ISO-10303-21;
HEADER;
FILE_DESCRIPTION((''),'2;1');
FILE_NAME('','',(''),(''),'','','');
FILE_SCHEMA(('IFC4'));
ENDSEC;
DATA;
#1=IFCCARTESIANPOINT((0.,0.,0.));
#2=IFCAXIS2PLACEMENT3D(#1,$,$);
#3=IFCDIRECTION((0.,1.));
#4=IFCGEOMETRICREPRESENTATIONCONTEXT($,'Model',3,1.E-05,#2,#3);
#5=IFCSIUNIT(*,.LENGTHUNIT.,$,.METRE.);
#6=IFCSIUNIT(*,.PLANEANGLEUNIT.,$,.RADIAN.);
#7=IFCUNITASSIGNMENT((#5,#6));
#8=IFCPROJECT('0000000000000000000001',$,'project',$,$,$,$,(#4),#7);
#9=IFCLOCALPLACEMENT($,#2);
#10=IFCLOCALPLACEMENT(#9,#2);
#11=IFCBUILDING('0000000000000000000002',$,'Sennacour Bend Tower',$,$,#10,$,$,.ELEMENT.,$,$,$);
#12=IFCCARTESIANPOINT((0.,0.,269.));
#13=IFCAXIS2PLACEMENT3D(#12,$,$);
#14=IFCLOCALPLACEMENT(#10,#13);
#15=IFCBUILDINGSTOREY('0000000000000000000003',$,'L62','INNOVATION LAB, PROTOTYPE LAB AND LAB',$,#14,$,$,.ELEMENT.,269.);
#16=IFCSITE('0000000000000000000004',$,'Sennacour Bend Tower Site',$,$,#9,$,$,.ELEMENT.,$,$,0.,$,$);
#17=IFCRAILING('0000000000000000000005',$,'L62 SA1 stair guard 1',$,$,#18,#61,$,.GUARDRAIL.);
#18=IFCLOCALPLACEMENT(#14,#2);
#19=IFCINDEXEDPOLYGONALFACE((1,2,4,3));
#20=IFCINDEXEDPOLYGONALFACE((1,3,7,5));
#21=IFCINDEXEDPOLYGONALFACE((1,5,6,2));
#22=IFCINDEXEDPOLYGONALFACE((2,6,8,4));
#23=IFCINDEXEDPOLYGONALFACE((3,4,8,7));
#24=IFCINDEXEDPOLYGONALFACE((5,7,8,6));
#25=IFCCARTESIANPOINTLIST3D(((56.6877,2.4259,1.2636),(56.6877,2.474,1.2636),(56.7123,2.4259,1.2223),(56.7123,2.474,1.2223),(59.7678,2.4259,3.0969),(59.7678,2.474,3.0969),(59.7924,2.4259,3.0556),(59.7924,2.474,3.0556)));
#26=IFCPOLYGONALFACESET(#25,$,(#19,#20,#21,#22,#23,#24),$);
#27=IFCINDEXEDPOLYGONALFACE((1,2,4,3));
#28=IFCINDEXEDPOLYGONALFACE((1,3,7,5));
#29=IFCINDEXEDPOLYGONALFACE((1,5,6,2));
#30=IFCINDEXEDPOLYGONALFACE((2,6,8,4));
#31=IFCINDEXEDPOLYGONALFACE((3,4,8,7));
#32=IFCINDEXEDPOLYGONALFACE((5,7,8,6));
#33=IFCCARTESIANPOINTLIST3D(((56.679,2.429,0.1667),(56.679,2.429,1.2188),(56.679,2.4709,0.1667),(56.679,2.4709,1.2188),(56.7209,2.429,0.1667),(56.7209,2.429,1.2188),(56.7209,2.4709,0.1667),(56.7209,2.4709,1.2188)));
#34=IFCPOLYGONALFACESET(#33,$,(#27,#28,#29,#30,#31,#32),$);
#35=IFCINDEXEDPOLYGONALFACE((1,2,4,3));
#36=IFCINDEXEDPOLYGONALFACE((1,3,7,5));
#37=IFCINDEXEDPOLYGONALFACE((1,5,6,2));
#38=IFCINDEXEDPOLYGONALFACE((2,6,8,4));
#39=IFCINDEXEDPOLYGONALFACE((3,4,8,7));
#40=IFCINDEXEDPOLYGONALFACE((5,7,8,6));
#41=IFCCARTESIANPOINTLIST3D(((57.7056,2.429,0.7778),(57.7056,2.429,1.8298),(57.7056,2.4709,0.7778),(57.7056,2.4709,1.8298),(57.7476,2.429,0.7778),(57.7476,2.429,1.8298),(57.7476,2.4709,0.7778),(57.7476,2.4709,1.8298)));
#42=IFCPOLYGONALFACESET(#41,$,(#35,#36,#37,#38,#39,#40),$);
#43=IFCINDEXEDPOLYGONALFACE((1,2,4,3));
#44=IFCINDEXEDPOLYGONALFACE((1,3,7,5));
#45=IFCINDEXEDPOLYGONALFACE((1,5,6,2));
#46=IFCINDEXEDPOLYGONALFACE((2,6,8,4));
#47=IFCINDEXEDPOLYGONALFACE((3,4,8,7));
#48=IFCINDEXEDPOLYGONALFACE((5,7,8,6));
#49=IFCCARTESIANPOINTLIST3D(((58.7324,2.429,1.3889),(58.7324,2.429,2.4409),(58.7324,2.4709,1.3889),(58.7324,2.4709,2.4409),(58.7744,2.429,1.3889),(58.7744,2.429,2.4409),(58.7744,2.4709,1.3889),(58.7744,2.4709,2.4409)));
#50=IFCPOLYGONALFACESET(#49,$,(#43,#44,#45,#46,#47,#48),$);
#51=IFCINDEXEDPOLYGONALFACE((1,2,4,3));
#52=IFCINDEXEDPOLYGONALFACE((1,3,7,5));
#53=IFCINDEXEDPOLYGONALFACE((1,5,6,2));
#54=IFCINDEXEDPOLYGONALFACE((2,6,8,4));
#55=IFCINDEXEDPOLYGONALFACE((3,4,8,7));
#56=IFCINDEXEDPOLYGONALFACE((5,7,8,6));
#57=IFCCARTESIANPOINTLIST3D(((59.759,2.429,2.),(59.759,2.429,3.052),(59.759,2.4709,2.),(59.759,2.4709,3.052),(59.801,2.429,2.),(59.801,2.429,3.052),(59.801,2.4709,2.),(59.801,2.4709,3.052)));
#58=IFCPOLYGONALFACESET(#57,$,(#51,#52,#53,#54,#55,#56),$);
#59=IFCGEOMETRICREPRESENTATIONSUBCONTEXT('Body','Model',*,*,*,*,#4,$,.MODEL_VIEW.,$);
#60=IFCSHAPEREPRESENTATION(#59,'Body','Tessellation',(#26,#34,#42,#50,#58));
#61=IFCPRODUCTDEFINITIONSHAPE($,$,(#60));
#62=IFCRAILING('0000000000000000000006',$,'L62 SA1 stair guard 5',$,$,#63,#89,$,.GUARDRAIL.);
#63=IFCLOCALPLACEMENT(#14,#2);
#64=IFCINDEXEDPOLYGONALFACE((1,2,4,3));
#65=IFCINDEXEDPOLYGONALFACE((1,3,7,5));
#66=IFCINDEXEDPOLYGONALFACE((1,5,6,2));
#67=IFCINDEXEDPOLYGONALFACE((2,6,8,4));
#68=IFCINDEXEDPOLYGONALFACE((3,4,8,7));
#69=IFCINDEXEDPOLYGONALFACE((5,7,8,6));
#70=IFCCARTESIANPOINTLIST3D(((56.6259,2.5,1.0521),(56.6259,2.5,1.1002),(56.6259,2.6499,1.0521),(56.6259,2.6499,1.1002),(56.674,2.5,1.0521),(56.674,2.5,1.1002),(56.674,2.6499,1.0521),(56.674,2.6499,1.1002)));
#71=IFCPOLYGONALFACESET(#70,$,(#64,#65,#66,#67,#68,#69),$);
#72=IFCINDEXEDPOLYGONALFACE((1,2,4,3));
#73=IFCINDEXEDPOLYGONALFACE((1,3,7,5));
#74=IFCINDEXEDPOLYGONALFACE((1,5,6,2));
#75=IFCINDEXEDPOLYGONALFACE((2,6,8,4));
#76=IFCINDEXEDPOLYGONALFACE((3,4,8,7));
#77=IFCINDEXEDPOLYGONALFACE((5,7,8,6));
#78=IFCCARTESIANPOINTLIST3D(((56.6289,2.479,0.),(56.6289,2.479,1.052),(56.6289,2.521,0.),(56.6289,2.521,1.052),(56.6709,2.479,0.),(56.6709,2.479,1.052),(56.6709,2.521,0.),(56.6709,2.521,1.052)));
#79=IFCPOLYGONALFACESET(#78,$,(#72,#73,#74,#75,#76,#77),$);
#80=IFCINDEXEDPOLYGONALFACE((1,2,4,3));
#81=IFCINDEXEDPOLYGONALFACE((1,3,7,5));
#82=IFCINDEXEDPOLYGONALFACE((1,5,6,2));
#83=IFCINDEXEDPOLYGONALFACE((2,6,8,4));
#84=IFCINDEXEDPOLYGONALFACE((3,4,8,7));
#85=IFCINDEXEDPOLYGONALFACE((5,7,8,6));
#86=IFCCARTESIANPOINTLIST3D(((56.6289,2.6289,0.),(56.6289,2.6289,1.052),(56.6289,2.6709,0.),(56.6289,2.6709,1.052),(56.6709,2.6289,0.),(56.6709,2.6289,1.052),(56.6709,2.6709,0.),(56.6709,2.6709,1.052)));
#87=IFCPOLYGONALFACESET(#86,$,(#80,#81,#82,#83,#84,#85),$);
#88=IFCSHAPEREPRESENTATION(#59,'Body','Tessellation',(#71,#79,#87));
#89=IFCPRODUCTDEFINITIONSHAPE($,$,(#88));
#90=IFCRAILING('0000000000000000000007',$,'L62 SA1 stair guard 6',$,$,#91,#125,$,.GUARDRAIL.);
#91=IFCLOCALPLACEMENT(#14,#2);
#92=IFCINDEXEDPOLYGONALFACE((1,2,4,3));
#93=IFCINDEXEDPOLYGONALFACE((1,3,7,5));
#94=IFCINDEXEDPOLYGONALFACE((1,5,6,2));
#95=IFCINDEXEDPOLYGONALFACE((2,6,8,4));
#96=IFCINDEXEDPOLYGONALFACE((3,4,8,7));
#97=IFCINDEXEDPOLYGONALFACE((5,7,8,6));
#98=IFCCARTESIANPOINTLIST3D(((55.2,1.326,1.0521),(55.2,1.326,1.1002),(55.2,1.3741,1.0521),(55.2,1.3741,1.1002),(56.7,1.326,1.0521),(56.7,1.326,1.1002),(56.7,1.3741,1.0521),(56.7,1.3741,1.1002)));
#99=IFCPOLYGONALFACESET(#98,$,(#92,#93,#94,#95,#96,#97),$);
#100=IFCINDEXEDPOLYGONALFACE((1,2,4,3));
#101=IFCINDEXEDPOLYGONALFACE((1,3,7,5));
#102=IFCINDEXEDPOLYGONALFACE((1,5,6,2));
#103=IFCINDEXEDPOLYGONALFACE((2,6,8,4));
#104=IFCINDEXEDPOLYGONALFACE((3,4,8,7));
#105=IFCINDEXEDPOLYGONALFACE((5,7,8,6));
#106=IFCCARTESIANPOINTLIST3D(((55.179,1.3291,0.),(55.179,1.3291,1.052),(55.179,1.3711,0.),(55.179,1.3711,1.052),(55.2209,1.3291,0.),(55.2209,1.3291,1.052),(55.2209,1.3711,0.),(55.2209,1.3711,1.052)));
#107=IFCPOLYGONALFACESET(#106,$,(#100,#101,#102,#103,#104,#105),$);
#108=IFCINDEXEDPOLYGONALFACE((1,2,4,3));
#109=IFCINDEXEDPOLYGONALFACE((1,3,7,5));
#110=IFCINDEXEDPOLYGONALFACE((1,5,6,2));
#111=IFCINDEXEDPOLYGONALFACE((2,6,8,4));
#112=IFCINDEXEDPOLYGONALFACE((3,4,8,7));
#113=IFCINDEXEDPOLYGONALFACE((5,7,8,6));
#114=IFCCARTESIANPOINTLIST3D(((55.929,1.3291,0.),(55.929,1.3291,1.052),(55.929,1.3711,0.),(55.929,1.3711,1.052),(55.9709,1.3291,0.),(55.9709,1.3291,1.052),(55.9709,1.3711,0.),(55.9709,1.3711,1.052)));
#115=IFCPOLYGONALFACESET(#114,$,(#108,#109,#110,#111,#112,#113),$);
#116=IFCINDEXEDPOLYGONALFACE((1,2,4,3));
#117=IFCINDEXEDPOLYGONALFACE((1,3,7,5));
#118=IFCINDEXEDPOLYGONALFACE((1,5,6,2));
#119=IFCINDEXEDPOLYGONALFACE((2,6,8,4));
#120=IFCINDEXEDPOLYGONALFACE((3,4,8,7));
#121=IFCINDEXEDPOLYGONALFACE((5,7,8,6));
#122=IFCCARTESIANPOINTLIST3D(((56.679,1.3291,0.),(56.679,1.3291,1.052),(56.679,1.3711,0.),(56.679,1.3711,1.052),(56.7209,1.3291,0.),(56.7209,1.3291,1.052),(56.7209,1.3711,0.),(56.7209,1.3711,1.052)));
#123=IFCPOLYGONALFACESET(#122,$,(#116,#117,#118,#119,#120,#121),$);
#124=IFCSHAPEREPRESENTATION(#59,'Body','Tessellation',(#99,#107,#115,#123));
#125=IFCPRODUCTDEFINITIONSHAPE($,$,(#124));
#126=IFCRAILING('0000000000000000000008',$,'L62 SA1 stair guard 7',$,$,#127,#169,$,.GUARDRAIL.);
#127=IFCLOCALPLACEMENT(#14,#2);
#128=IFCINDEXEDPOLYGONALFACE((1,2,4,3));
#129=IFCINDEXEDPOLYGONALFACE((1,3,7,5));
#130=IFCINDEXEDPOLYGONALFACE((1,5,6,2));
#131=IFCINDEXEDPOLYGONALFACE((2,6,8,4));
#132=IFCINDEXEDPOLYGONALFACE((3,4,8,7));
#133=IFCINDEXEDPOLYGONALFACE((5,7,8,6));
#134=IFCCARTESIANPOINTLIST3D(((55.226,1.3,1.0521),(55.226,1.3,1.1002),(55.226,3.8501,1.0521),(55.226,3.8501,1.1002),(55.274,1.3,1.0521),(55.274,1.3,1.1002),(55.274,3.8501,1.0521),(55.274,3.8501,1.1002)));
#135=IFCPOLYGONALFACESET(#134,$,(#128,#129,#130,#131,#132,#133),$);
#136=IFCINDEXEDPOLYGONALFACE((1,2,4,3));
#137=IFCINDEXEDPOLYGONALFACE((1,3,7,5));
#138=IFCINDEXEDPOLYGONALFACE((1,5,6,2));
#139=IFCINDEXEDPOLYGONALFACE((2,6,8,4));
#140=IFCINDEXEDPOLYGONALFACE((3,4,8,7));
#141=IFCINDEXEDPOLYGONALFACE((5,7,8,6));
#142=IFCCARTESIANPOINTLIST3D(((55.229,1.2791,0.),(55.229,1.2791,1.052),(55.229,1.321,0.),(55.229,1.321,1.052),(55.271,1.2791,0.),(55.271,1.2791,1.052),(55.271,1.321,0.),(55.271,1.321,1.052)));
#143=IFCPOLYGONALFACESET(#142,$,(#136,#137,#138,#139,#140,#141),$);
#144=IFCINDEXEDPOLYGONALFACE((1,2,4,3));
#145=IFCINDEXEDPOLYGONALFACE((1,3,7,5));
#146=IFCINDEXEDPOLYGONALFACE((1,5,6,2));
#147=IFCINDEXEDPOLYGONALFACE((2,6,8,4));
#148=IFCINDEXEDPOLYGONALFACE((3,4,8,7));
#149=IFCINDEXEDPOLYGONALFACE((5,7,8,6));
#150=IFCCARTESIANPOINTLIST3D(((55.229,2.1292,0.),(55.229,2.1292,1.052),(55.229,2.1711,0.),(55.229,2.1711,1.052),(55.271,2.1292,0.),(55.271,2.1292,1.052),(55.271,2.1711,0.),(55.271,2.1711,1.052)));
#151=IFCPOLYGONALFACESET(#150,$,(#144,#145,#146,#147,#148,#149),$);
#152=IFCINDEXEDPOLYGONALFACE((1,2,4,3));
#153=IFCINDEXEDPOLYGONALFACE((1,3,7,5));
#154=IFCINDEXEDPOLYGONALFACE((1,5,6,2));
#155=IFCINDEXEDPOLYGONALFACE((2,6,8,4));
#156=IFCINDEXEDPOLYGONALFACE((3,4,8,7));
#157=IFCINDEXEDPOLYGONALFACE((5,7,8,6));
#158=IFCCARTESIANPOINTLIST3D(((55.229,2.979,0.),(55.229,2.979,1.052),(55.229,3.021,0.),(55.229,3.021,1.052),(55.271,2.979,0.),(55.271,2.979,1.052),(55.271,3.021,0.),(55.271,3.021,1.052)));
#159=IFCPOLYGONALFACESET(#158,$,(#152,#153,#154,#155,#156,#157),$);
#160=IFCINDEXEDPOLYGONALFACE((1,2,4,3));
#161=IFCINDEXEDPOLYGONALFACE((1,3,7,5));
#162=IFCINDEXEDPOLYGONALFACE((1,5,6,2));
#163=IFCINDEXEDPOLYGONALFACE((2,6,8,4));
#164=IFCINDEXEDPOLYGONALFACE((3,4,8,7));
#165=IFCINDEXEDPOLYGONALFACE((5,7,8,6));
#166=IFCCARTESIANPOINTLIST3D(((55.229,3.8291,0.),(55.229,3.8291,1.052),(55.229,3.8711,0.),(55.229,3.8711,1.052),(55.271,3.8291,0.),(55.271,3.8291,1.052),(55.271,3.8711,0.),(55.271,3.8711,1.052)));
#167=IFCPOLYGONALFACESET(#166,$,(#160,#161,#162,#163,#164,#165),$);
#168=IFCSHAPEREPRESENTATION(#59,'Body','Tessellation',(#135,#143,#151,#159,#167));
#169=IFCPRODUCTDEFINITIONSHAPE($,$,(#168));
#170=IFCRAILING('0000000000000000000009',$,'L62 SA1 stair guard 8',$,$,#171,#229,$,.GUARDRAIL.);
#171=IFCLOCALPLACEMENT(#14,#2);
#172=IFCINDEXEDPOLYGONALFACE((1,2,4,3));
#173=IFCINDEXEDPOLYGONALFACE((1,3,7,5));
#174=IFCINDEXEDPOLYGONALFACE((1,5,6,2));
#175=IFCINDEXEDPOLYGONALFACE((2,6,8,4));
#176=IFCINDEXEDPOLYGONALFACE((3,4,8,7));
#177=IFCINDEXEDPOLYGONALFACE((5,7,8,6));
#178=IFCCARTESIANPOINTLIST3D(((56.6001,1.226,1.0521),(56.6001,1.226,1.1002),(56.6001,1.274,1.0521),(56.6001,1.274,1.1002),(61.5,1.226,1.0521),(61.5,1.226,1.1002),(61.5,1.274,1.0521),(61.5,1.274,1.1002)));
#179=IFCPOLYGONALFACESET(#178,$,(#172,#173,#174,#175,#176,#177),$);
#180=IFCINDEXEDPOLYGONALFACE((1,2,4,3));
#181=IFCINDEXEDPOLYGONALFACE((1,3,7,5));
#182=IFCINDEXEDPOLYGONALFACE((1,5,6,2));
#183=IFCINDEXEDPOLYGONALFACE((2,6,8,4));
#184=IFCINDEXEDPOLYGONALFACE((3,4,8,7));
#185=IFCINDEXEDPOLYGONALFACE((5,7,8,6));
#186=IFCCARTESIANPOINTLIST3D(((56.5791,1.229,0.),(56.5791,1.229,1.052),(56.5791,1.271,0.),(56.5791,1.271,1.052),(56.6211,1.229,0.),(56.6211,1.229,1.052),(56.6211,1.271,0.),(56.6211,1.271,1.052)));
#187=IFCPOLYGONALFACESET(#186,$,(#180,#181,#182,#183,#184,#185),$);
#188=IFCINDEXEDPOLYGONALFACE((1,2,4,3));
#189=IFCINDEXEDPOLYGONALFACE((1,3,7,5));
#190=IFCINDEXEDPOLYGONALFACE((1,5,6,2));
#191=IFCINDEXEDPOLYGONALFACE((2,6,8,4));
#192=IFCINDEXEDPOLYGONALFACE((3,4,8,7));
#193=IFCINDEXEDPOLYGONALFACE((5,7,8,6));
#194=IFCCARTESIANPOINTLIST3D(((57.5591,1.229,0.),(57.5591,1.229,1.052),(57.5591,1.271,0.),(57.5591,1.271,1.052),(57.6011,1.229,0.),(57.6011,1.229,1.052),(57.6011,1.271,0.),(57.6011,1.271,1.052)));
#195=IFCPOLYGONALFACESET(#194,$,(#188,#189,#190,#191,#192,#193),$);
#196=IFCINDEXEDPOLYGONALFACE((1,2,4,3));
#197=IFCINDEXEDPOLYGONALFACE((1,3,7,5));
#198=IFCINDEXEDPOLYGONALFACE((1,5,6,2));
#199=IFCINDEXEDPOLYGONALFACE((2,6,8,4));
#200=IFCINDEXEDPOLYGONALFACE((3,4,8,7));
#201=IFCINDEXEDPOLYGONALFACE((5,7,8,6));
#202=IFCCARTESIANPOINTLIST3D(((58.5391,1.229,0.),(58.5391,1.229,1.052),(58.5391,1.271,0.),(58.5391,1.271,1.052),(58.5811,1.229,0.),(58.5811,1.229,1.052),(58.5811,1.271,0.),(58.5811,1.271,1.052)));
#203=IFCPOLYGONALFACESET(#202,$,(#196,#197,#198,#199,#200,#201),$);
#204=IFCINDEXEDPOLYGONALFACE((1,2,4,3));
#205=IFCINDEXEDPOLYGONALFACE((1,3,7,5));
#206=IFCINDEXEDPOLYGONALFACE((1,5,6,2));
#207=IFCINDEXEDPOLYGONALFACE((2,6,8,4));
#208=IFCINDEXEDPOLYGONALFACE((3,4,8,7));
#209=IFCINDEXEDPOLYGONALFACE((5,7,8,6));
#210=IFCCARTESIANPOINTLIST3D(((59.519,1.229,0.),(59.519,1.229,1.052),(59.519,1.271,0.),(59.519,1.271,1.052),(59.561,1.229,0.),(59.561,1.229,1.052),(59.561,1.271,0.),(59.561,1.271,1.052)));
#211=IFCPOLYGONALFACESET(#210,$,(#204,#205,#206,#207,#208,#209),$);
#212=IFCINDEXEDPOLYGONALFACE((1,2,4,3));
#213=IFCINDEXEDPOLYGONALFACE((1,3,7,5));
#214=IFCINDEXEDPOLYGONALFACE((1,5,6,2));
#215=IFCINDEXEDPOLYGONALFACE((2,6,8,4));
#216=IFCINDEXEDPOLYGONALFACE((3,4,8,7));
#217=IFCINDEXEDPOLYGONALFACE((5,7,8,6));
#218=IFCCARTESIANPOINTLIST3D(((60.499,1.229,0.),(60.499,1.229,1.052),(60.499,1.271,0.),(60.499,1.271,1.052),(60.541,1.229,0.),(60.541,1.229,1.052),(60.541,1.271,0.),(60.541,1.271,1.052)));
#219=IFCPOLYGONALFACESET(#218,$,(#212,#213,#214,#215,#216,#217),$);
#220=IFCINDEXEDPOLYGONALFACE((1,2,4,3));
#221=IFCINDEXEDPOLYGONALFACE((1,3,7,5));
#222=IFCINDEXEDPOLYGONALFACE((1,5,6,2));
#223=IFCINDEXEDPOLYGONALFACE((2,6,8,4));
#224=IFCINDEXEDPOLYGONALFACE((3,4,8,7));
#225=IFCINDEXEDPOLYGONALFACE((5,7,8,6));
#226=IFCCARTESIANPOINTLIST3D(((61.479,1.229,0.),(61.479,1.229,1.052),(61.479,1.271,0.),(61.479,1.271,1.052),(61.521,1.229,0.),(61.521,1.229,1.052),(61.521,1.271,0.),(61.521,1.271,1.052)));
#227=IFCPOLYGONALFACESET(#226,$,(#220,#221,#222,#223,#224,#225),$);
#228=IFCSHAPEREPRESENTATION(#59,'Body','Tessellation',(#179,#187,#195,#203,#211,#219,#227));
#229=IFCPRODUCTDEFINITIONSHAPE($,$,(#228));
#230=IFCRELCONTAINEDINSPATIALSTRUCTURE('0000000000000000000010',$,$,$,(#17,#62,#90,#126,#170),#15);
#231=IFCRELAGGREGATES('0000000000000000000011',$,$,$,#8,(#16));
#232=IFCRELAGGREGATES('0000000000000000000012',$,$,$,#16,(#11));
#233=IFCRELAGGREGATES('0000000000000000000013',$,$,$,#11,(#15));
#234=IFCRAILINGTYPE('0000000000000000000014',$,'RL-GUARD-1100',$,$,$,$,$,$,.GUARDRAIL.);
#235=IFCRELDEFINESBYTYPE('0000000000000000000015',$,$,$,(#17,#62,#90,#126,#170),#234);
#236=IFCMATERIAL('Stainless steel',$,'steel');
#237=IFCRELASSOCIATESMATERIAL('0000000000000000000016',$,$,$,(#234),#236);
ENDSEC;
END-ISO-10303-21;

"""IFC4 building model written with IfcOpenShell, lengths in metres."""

from ifc_helpers import new_model, si_unit, direction, frame, origin, origin_2d, place, context, subcontext, project, spatial, rectangle, extrude, material, type_object, element, save


model = new_model("IFC4")

# Units and contexts
model_context = context("Model", 3, precision=1e-05, world=origin(), true_north=direction((0.0, 1.0)))
body_context = subcontext(model_context, "Body", "Model", "MODEL_VIEW")
ifc_project = project(units=[si_unit("LENGTHUNIT", "METRE"), si_unit("PLANEANGLEUNIT", "RADIAN")], contexts=[model_context])

# Site, building, storey
site_placement = place(None, origin())
site = spatial("IfcSite", under=ifc_project, at=site_placement, Name="Sennacour Bend Tower Site", CompositionType="ELEMENT", RefElevation=0.0)
building_placement = place(site_placement, origin())
building = spatial("IfcBuilding", under=site, at=building_placement, Name="Sennacour Bend Tower", CompositionType="ELEMENT")
storey_placement = place(building_placement, frame((0.0, 0.0, 269.0)))
storey = spatial("IfcBuildingStorey", under=building, at=storey_placement, Name="L62", Description="INNOVATION LAB, PROTOTYPE LAB AND LAB", CompositionType="ELEMENT", Elevation=269.0)

# Shared definitions
ifc_material_1 = material(Name="Stainless steel", Category="steel")

# Railings
railing_type_1 = type_object("IfcRailingType", Name="RL-GUARD-1100", PredefinedType="GUARDRAIL", material=ifc_material_1)
railing_1_placement = place(storey_placement, frame((56.7, 2.45, 0.1667)))
element("IfcRailing", 1, at=railing_1_placement, inside=storey, type_object=railing_type_1, Name="L62 SA1 stair guard 1", PredefinedType="GUARDRAIL", context=body_context, shape_type="SweptSolid", body=[
    extrude(rectangle(XDim=0.0481, YDim=0.0481, at=origin_2d()), frame((0.0, 0.0, 1.0762), z_axis=(0.859309, 0.0, 0.511458), x_axis=(0.0, 1.0, 0.0)), (0.0, 0.0, 1.0), 3.5845),
    extrude(rectangle(XDim=0.042, YDim=0.042, at=origin_2d()), origin(), (0.0, 0.0, 1.0), 1.052),
    extrude(rectangle(XDim=0.042, YDim=0.042, at=origin_2d()), frame((1.0266, 0.0, 0.6111)), (0.0, 0.0, 1.0), 1.052),
    extrude(rectangle(XDim=0.042, YDim=0.042, at=origin_2d()), frame((2.0535, 0.0, 1.2222)), (0.0, 0.0, 1.0), 1.052),
    extrude(rectangle(XDim=0.042, YDim=0.042, at=origin_2d()), frame((3.0801, 0.0, 1.8333)), (0.0, 0.0, 1.0), 1.052),
])
railing_2_placement = place(storey_placement, frame((56.6499, 2.5, 0.0)))
element("IfcRailing", 2, at=railing_2_placement, inside=storey, type_object=railing_type_1, Name="L62 SA1 stair guard 5", PredefinedType="GUARDRAIL", context=body_context, shape_type="SweptSolid", body=[
    extrude(rectangle(XDim=0.0481, YDim=0.0481, at=origin_2d()), frame((0.0, 0.0, 1.0762), z_axis=(0.0, 1.0, 0.0), x_axis=(-1.0, 0.0, 0.0)), (0.0, 0.0, 1.0), 0.1499),
    extrude(rectangle(XDim=0.042, YDim=0.042, at=origin_2d()), origin(), (0.0, 0.0, 1.0), 1.052),
    extrude(rectangle(XDim=0.042, YDim=0.042, at=origin_2d()), frame((0.0, 0.1499, 0.0)), (0.0, 0.0, 1.0), 1.052),
])
railing_3_placement = place(storey_placement, frame((55.2, 1.3501, 0.0)))
element("IfcRailing", 3, at=railing_3_placement, inside=storey, type_object=railing_type_1, Name="L62 SA1 stair guard 6", PredefinedType="GUARDRAIL", context=body_context, shape_type="SweptSolid", body=[
    extrude(rectangle(XDim=0.0481, YDim=0.0481, at=origin_2d()), frame((0.0, 0.0, 1.0762), z_axis=(1.0, 0.0, 0.0), x_axis=(0.0, 1.0, 0.0)), (0.0, 0.0, 1.0), 1.5),
    extrude(rectangle(XDim=0.042, YDim=0.042, at=origin_2d()), origin(), (0.0, 0.0, 1.0), 1.052),
    extrude(rectangle(XDim=0.042, YDim=0.042, at=origin_2d()), frame((0.75, 0.0, 0.0)), (0.0, 0.0, 1.0), 1.052),
    extrude(rectangle(XDim=0.042, YDim=0.042, at=origin_2d()), frame((1.5, 0.0, 0.0)), (0.0, 0.0, 1.0), 1.052),
])
railing_4_placement = place(storey_placement, frame((55.25, 1.3, 0.0)))
element("IfcRailing", 4, at=railing_4_placement, inside=storey, type_object=railing_type_1, Name="L62 SA1 stair guard 7", PredefinedType="GUARDRAIL", context=body_context, shape_type="SweptSolid", body=[
    extrude(rectangle(XDim=0.0481, YDim=0.0481, at=origin_2d()), frame((0.0, 0.0, 1.0762), z_axis=(0.0, 1.0, 0.0), x_axis=(-1.0, 0.0, 0.0)), (0.0, 0.0, 1.0), 2.55),
    extrude(rectangle(XDim=0.042, YDim=0.042, at=origin_2d()), origin(), (0.0, 0.0, 1.0), 1.052),
    extrude(rectangle(XDim=0.042, YDim=0.042, at=origin_2d()), frame((0.0, 0.8501, 0.0)), (0.0, 0.0, 1.0), 1.052),
    extrude(rectangle(XDim=0.042, YDim=0.042, at=origin_2d()), frame((0.0, 1.7, 0.0)), (0.0, 0.0, 1.0), 1.052),
    extrude(rectangle(XDim=0.042, YDim=0.042, at=origin_2d()), frame((0.0, 2.55, 0.0)), (0.0, 0.0, 1.0), 1.052),
])
railing_5_placement = place(storey_placement, frame((56.6001, 1.25, 0.0)))
element("IfcRailing", 5, at=railing_5_placement, inside=storey, type_object=railing_type_1, Name="L62 SA1 stair guard 8", PredefinedType="GUARDRAIL", context=body_context, shape_type="SweptSolid", body=[
    extrude(rectangle(XDim=0.0481, YDim=0.0481, at=origin_2d()), frame((0.0, 0.0, 1.0762), z_axis=(1.0, 0.0, 0.0), x_axis=(0.0, 1.0, 0.0)), (0.0, 0.0, 1.0), 4.8999),
    extrude(rectangle(XDim=0.042, YDim=0.042, at=origin_2d()), origin(), (0.0, 0.0, 1.0), 1.052),
    extrude(rectangle(XDim=0.042, YDim=0.042, at=origin_2d()), frame((0.98, 0.0, 0.0)), (0.0, 0.0, 1.0), 1.052),
    extrude(rectangle(XDim=0.042, YDim=0.042, at=origin_2d()), frame((1.96, 0.0, 0.0)), (0.0, 0.0, 1.0), 1.052),
    extrude(rectangle(XDim=0.042, YDim=0.042, at=origin_2d()), frame((2.9399, 0.0, 0.0)), (0.0, 0.0, 1.0), 1.052),
    extrude(rectangle(XDim=0.042, YDim=0.042, at=origin_2d()), frame((3.9199, 0.0, 0.0)), (0.0, 0.0, 1.0), 1.052),
    extrude(rectangle(XDim=0.042, YDim=0.042, at=origin_2d()), frame((4.8999, 0.0, 0.0)), (0.0, 0.0, 1.0), 1.052),
])

save(model, "model.ifc")
